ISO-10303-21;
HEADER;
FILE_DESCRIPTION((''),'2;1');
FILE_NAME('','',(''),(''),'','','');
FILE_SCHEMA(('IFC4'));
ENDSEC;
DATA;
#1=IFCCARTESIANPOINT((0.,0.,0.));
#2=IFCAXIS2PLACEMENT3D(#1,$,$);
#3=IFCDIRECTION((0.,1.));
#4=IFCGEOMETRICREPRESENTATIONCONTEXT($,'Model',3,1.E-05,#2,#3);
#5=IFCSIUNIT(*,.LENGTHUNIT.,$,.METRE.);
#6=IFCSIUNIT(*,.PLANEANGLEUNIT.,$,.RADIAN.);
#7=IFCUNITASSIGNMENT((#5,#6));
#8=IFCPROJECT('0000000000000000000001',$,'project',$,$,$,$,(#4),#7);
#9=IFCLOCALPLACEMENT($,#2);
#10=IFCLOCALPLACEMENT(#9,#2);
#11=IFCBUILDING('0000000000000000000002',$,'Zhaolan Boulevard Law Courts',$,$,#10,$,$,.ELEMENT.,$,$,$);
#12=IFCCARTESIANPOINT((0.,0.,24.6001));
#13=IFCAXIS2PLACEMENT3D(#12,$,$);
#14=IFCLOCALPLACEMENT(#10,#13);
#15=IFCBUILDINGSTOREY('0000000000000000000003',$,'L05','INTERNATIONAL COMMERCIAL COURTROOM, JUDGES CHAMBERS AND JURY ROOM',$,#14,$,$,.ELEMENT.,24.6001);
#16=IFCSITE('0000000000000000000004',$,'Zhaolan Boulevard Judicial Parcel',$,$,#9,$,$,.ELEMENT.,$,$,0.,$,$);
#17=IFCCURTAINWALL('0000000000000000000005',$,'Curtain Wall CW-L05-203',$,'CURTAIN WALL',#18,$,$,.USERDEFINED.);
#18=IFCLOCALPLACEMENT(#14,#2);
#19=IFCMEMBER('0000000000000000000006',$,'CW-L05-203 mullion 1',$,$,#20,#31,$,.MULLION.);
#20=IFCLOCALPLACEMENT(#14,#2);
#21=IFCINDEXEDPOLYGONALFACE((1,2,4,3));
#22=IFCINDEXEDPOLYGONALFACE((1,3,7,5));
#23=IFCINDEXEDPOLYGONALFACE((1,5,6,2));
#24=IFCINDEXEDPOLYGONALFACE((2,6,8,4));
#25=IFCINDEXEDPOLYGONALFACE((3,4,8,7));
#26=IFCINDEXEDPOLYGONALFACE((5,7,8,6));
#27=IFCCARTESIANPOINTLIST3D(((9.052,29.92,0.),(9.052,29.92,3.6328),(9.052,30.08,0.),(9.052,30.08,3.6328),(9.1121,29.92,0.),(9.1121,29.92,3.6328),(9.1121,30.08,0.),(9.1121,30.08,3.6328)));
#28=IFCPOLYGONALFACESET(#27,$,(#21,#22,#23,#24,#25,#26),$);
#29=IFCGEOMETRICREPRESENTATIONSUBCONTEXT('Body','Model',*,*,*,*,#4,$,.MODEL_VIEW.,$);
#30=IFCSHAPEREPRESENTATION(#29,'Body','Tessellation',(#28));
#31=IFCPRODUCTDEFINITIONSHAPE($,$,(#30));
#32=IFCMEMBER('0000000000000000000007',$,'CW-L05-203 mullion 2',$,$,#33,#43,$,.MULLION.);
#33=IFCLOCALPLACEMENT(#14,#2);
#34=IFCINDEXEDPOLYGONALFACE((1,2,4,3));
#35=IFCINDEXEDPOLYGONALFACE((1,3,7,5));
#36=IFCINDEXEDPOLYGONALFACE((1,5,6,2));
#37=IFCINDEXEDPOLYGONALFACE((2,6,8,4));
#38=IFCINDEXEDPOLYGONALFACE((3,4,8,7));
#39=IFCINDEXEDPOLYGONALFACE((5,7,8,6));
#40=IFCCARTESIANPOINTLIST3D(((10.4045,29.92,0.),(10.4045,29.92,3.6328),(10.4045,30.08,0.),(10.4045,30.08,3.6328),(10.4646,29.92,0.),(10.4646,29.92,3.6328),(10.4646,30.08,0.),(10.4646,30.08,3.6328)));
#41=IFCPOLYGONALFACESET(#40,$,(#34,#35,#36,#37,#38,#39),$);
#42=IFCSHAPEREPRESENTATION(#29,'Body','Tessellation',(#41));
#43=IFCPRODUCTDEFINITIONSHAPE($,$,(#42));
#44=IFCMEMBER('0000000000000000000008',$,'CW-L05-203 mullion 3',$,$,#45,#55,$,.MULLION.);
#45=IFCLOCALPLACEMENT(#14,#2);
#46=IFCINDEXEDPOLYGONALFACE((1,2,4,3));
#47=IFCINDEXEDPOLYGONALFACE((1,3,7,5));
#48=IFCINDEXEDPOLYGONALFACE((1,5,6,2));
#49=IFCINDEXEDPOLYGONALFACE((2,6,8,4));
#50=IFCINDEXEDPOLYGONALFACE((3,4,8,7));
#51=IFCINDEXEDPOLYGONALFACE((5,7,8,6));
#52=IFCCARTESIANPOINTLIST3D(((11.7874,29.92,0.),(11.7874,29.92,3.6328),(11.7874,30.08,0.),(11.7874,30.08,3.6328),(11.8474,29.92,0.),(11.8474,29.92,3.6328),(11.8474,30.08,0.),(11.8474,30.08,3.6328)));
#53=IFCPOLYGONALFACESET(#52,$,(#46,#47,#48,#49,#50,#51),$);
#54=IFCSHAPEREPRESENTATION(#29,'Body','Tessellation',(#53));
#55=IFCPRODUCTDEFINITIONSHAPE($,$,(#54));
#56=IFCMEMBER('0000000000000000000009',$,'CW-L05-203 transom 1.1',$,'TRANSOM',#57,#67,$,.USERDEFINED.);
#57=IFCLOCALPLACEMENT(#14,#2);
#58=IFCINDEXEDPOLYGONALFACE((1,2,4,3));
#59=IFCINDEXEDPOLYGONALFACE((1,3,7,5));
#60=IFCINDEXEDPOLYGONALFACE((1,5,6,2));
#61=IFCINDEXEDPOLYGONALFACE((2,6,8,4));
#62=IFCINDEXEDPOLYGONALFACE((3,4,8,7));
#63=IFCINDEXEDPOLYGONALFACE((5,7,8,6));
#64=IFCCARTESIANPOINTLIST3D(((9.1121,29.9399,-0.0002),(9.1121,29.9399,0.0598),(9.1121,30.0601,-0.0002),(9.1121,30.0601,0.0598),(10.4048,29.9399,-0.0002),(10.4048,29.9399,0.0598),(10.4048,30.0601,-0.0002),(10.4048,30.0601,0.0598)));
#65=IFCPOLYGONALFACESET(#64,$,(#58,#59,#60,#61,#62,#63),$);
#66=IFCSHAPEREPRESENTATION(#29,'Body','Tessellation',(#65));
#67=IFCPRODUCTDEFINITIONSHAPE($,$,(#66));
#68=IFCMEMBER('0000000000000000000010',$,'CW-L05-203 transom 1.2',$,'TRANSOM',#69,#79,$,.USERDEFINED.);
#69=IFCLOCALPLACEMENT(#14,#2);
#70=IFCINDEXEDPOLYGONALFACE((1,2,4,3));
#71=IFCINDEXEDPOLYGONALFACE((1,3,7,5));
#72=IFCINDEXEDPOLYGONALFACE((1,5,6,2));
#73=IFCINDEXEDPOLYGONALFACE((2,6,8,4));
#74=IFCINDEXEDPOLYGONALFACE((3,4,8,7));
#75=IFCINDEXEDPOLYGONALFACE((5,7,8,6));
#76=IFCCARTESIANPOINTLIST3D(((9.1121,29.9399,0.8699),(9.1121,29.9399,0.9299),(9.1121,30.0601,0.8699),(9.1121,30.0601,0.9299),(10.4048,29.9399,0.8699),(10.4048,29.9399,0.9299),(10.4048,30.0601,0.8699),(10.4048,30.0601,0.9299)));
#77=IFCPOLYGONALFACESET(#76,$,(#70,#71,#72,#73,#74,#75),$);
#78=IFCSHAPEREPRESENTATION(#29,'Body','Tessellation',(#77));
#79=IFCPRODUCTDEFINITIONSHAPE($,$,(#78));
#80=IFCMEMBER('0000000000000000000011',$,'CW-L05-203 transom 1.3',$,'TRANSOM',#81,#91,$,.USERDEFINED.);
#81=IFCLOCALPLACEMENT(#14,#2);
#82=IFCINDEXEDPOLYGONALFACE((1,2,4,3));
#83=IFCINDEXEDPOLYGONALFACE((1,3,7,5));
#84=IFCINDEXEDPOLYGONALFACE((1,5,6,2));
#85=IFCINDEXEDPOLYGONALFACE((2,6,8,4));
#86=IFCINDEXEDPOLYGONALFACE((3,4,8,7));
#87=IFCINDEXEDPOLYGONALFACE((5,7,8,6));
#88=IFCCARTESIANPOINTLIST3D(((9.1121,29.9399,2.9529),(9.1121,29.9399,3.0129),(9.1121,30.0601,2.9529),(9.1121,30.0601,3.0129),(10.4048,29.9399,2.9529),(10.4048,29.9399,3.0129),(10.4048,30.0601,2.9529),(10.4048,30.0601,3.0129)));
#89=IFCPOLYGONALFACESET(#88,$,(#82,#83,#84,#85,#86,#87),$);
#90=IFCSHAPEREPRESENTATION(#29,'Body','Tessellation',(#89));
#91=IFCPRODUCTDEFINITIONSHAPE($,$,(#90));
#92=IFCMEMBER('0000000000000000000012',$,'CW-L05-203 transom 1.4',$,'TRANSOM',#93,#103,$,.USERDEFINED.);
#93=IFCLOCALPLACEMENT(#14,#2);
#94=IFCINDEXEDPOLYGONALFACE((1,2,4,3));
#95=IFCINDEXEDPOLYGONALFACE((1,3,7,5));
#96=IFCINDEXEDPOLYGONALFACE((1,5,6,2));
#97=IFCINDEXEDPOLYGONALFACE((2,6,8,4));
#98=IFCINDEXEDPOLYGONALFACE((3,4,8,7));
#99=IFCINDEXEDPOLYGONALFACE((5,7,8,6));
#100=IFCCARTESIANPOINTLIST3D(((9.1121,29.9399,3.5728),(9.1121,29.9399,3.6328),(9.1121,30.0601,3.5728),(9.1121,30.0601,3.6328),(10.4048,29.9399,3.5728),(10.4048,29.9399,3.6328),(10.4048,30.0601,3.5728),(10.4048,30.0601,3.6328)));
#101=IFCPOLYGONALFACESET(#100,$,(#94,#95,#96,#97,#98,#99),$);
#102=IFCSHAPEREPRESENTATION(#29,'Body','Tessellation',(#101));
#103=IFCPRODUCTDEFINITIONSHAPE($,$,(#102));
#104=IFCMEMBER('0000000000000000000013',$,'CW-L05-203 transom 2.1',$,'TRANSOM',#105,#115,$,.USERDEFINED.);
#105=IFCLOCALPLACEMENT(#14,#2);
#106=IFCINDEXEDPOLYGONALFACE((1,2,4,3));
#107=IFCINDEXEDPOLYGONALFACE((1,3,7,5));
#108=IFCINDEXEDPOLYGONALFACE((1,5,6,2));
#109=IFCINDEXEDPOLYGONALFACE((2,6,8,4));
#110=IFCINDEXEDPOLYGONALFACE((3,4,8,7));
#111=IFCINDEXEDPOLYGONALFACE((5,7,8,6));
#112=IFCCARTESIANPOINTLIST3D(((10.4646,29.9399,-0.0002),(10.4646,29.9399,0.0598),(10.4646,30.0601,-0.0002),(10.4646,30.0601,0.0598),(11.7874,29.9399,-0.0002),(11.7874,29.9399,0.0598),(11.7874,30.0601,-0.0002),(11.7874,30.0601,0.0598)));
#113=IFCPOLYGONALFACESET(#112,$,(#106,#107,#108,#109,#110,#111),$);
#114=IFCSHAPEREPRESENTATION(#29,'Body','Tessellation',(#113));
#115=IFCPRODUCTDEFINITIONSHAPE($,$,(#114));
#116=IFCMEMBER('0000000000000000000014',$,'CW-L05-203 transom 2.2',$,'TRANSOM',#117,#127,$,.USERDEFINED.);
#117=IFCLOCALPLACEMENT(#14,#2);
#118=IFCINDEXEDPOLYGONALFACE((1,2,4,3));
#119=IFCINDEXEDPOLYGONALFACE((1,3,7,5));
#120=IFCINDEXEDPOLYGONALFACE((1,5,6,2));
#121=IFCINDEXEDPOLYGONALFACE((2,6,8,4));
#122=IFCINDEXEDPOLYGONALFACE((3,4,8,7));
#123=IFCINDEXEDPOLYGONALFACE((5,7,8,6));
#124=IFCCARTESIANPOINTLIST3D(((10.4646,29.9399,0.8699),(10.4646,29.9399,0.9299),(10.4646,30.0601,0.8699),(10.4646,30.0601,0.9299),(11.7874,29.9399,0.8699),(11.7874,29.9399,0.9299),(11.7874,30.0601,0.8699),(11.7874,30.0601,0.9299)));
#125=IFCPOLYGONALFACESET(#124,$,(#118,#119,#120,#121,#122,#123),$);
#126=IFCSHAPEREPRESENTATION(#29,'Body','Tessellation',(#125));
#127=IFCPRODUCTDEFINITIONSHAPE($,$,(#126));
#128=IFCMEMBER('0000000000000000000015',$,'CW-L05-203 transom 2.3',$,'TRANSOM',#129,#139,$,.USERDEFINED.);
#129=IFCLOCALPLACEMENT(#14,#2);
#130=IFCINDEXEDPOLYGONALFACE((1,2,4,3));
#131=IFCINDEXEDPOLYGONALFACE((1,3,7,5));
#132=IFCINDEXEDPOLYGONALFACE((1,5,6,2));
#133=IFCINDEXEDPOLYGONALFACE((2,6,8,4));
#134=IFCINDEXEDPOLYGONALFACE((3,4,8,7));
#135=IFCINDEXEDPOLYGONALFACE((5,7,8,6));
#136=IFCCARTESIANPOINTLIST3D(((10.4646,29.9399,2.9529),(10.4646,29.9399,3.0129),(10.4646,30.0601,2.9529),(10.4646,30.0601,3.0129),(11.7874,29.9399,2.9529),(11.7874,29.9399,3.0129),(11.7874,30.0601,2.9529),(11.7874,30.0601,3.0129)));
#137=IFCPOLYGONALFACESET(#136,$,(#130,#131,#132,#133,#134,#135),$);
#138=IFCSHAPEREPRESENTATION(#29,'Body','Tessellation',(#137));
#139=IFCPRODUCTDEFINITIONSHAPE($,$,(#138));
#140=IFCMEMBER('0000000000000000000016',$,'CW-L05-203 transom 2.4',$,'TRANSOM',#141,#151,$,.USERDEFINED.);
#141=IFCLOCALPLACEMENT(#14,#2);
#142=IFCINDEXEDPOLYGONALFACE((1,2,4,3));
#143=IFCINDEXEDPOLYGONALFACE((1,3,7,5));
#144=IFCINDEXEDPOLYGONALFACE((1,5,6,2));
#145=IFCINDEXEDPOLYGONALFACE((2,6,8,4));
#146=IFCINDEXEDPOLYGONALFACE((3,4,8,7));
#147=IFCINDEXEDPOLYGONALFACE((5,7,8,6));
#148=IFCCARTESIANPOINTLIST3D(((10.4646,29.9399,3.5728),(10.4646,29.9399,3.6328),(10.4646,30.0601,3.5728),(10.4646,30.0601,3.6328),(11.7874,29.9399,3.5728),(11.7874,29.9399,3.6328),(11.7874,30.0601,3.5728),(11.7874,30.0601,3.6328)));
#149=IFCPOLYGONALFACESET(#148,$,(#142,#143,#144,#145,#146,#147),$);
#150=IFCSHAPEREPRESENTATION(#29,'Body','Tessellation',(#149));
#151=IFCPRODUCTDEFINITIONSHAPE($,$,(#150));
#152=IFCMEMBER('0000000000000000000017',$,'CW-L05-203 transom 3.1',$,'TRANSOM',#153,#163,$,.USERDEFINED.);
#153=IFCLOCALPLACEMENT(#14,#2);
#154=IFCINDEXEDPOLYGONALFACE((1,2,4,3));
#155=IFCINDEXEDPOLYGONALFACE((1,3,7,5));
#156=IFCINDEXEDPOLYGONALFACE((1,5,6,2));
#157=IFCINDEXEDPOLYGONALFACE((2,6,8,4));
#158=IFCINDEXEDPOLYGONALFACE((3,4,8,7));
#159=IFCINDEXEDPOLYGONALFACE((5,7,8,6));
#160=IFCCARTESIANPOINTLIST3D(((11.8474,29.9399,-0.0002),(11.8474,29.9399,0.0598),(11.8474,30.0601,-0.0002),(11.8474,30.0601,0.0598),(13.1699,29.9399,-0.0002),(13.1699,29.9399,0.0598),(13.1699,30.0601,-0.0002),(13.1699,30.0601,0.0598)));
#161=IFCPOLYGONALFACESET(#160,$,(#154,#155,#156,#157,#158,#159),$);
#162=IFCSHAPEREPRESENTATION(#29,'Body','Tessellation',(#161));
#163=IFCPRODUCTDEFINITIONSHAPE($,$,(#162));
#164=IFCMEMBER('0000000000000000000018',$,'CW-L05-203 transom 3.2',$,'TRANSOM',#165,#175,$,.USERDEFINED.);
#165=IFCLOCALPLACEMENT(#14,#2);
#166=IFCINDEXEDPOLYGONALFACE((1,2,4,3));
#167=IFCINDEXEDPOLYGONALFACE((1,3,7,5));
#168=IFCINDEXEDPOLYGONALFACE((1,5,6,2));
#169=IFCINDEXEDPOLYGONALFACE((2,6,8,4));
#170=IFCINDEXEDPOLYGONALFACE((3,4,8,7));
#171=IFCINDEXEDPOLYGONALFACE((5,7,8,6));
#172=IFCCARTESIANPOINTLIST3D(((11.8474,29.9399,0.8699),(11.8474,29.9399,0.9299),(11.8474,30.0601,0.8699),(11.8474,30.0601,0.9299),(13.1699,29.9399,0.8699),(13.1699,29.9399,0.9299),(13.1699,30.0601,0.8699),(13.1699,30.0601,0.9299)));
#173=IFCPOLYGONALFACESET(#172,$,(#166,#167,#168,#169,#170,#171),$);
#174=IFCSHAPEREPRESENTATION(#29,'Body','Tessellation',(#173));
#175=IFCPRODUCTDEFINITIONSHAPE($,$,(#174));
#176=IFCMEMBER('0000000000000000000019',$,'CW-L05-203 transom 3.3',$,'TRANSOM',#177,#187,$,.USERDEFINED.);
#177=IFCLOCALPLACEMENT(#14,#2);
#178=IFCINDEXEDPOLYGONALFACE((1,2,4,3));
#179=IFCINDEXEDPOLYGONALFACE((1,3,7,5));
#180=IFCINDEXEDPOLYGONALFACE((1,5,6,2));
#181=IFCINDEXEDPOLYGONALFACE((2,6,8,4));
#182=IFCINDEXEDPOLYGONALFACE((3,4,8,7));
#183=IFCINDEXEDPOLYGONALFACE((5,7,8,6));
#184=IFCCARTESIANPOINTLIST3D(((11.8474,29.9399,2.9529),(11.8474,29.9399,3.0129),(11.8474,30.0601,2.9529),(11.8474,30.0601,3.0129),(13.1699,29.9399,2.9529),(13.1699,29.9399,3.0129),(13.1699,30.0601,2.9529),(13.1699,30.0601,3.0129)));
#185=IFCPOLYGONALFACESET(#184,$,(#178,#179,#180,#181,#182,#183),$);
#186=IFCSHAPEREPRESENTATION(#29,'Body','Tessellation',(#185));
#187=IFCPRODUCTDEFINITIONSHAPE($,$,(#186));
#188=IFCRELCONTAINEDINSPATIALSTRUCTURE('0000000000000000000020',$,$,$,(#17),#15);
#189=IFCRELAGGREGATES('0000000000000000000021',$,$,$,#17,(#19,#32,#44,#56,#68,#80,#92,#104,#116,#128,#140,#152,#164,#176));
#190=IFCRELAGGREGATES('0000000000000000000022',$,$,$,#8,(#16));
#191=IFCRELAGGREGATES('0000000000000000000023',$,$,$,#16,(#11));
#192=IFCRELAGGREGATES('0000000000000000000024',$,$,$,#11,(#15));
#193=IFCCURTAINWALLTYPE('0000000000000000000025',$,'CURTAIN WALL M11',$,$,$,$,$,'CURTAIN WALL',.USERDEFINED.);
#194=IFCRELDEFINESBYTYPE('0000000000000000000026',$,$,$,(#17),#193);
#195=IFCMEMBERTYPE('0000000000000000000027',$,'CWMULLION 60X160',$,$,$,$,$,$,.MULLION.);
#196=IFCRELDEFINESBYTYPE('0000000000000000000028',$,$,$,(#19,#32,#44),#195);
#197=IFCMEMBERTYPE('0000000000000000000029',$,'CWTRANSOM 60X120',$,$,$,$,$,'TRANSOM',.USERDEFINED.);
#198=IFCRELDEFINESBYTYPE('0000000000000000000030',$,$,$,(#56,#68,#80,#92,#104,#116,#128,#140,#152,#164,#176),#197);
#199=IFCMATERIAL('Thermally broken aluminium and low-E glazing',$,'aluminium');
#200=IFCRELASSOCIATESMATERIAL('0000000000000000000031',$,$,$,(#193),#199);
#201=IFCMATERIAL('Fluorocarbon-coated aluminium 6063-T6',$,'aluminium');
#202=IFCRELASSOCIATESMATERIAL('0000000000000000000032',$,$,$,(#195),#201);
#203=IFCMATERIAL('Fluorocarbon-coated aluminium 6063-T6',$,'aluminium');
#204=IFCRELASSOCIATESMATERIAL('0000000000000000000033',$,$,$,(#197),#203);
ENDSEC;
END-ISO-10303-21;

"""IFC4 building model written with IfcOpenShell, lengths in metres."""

from ifc_helpers import new_model, si_unit, direction, frame, origin, origin_2d, place, context, subcontext, project, spatial, rectangle, extrude, material, material_profile, profile_set, type_object, element, aggregate, save


model = new_model("IFC4")

# Units and contexts
model_context = context("Model", 3, precision=1e-05, world=origin(), true_north=direction((0.0, 1.0)))
body_context = subcontext(model_context, "Body", "Model", "MODEL_VIEW")
ifc_project = project(units=[si_unit("LENGTHUNIT", "METRE"), si_unit("PLANEANGLEUNIT", "RADIAN")], contexts=[model_context])

# Site, building, storey
site_placement = place(None, origin())
site = spatial("IfcSite", under=ifc_project, at=site_placement, Name="Zhaolan Boulevard Judicial Parcel", CompositionType="ELEMENT", RefElevation=0.0)
building_placement = place(site_placement, origin())
building = spatial("IfcBuilding", under=site, at=building_placement, Name="Zhaolan Boulevard Law Courts", CompositionType="ELEMENT")
storey_placement = place(building_placement, frame((0.0, 0.0, 24.6001)))
storey = spatial("IfcBuildingStorey", under=building, at=storey_placement, Name="L05", Description="INTERNATIONAL COMMERCIAL COURTROOM, JUDGES CHAMBERS AND JURY ROOM", CompositionType="ELEMENT", Elevation=24.6001)

# Curtain wall, members
ifc_material_1 = material(Name="Thermally broken aluminium and low-E glazing", Category="aluminium")
curtain_wall_type = type_object("IfcCurtainWallType", Name="CURTAIN WALL M11", ElementType="CURTAIN WALL", PredefinedType="USERDEFINED", material=ifc_material_1)
curtain_wall_placement = place(storey_placement, origin())
curtain_wall = element("IfcCurtainWall", 1, at=curtain_wall_placement, inside=storey, type_object=curtain_wall_type, Name="Curtain Wall CW-L05-203", ObjectType="CURTAIN WALL", PredefinedType="USERDEFINED")
ifc_material_2 = material(Name="Fluorocarbon-coated aluminium 6063-T6", Category="aluminium")
ifc_material_profile_1 = material_profile(ifc_material_2, rectangle(XDim=0.1599, YDim=0.0601, at=origin_2d()), Name="AL60x160")
ifc_profile_set_1 = profile_set([ifc_material_profile_1], Name="Fluorocarbon-coated aluminium 6063-T6")
member_type_1 = type_object("IfcMemberType", Name="CWMULLION 60X160", PredefinedType="MULLION", material=ifc_profile_set_1)
member_1_placement = place(storey_placement, frame((9.082, 30.0, 0.0), z_axis=(0.0, 0.0, 1.0), x_axis=(0.0, 1.0, 0.0)))
member_1 = element("IfcMember", 2, at=member_1_placement, type_object=member_type_1, Name="CW-L05-203 mullion 1", PredefinedType="MULLION", context=body_context, shape_type="SweptSolid", body=[
    extrude(rectangle(XDim=0.1599, YDim=0.0601, at=origin_2d()), origin(), (0.0, 0.0, 1.0), 3.6328),
])
member_2_placement = place(storey_placement, frame((10.4346, 30.0, 0.0), z_axis=(0.0, 0.0, 1.0), x_axis=(0.0, 1.0, 0.0)))
member_2 = element("IfcMember", 3, at=member_2_placement, type_object=member_type_1, Name="CW-L05-203 mullion 2", PredefinedType="MULLION", context=body_context, shape_type="SweptSolid", body=[
    extrude(rectangle(XDim=0.1599, YDim=0.0601, at=origin_2d()), origin(), (0.0, 0.0, 1.0), 3.6328),
])
member_3_placement = place(storey_placement, frame((11.8174, 30.0, 0.0), z_axis=(0.0, 0.0, 1.0), x_axis=(0.0, 1.0, 0.0)))
member_3 = element("IfcMember", 4, at=member_3_placement, type_object=member_type_1, Name="CW-L05-203 mullion 3", PredefinedType="MULLION", context=body_context, shape_type="SweptSolid", body=[
    extrude(rectangle(XDim=0.1599, YDim=0.0601, at=origin_2d()), origin(), (0.0, 0.0, 1.0), 3.6328),
])
ifc_material_3 = material(Name="Fluorocarbon-coated aluminium 6063-T6", Category="aluminium")
ifc_material_profile_2 = material_profile(ifc_material_3, rectangle(XDim=0.1201, YDim=0.0601, at=origin_2d()), Name="AL60x120")
ifc_profile_set_2 = profile_set([ifc_material_profile_2], Name="Fluorocarbon-coated aluminium 6063-T6")
member_type_2 = type_object("IfcMemberType", Name="CWTRANSOM 60X120", ElementType="TRANSOM", PredefinedType="USERDEFINED", material=ifc_profile_set_2)
member_4_placement = place(storey_placement, frame((9.1121, 30.0, 0.0298), z_axis=(1.0, 0.0, 0.0), x_axis=(0.0, 1.0, 0.0)))
member_4 = element("IfcMember", 5, at=member_4_placement, type_object=member_type_2, Name="CW-L05-203 transom 1.1", ObjectType="TRANSOM", PredefinedType="USERDEFINED", context=body_context, shape_type="SweptSolid", body=[
    extrude(rectangle(XDim=0.1201, YDim=0.0601, at=origin_2d()), origin(), (0.0, 0.0, 1.0), 1.2927),
])
member_5_placement = place(storey_placement, frame((9.1121, 30.0, 0.8999), z_axis=(1.0, 0.0, 0.0), x_axis=(0.0, 1.0, 0.0)))
member_5 = element("IfcMember", 6, at=member_5_placement, type_object=member_type_2, Name="CW-L05-203 transom 1.2", ObjectType="TRANSOM", PredefinedType="USERDEFINED", context=body_context, shape_type="SweptSolid", body=[
    extrude(rectangle(XDim=0.1201, YDim=0.0601, at=origin_2d()), origin(), (0.0, 0.0, 1.0), 1.2927),
])
member_6_placement = place(storey_placement, frame((9.1121, 30.0, 2.9829), z_axis=(1.0, 0.0, 0.0), x_axis=(0.0, 1.0, 0.0)))
member_6 = element("IfcMember", 7, at=member_6_placement, type_object=member_type_2, Name="CW-L05-203 transom 1.3", ObjectType="TRANSOM", PredefinedType="USERDEFINED", context=body_context, shape_type="SweptSolid", body=[
    extrude(rectangle(XDim=0.1201, YDim=0.0601, at=origin_2d()), origin(), (0.0, 0.0, 1.0), 1.2927),
])
member_7_placement = place(storey_placement, frame((9.1121, 30.0, 3.6028), z_axis=(1.0, 0.0, 0.0), x_axis=(0.0, 1.0, 0.0)))
member_7 = element("IfcMember", 8, at=member_7_placement, type_object=member_type_2, Name="CW-L05-203 transom 1.4", ObjectType="TRANSOM", PredefinedType="USERDEFINED", context=body_context, shape_type="SweptSolid", body=[
    extrude(rectangle(XDim=0.1201, YDim=0.0601, at=origin_2d()), origin(), (0.0, 0.0, 1.0), 1.2927),
])
member_8_placement = place(storey_placement, frame((10.4646, 30.0, 0.0298), z_axis=(1.0, 0.0, 0.0), x_axis=(0.0, 1.0, 0.0)))
member_8 = element("IfcMember", 9, at=member_8_placement, type_object=member_type_2, Name="CW-L05-203 transom 2.1", ObjectType="TRANSOM", PredefinedType="USERDEFINED", context=body_context, shape_type="SweptSolid", body=[
    extrude(rectangle(XDim=0.1201, YDim=0.0601, at=origin_2d()), origin(), (0.0, 0.0, 1.0), 1.3228),
])
member_9_placement = place(storey_placement, frame((10.4646, 30.0, 0.8999), z_axis=(1.0, 0.0, 0.0), x_axis=(0.0, 1.0, 0.0)))
member_9 = element("IfcMember", 10, at=member_9_placement, type_object=member_type_2, Name="CW-L05-203 transom 2.2", ObjectType="TRANSOM", PredefinedType="USERDEFINED", context=body_context, shape_type="SweptSolid", body=[
    extrude(rectangle(XDim=0.1201, YDim=0.0601, at=origin_2d()), origin(), (0.0, 0.0, 1.0), 1.3228),
])
member_10_placement = place(storey_placement, frame((10.4646, 30.0, 2.9829), z_axis=(1.0, 0.0, 0.0), x_axis=(0.0, 1.0, 0.0)))
member_10 = element("IfcMember", 11, at=member_10_placement, type_object=member_type_2, Name="CW-L05-203 transom 2.3", ObjectType="TRANSOM", PredefinedType="USERDEFINED", context=body_context, shape_type="SweptSolid", body=[
    extrude(rectangle(XDim=0.1201, YDim=0.0601, at=origin_2d()), origin(), (0.0, 0.0, 1.0), 1.3228),
])
member_11_placement = place(storey_placement, frame((10.4646, 30.0, 3.6028), z_axis=(1.0, 0.0, 0.0), x_axis=(0.0, 1.0, 0.0)))
member_11 = element("IfcMember", 12, at=member_11_placement, type_object=member_type_2, Name="CW-L05-203 transom 2.4", ObjectType="TRANSOM", PredefinedType="USERDEFINED", context=body_context, shape_type="SweptSolid", body=[
    extrude(rectangle(XDim=0.1201, YDim=0.0601, at=origin_2d()), origin(), (0.0, 0.0, 1.0), 1.3228),
])
member_12_placement = place(storey_placement, frame((11.8474, 30.0, 0.0298), z_axis=(1.0, 0.0, 0.0), x_axis=(0.0, 1.0, 0.0)))
member_12 = element("IfcMember", 13, at=member_12_placement, type_object=member_type_2, Name="CW-L05-203 transom 3.1", ObjectType="TRANSOM", PredefinedType="USERDEFINED", context=body_context, shape_type="SweptSolid", body=[
    extrude(rectangle(XDim=0.1201, YDim=0.0601, at=origin_2d()), origin(), (0.0, 0.0, 1.0), 1.3225),
])
member_13_placement = place(storey_placement, frame((11.8474, 30.0, 0.8999), z_axis=(1.0, 0.0, 0.0), x_axis=(0.0, 1.0, 0.0)))
member_13 = element("IfcMember", 14, at=member_13_placement, type_object=member_type_2, Name="CW-L05-203 transom 3.2", ObjectType="TRANSOM", PredefinedType="USERDEFINED", context=body_context, shape_type="SweptSolid", body=[
    extrude(rectangle(XDim=0.1201, YDim=0.0601, at=origin_2d()), origin(), (0.0, 0.0, 1.0), 1.3225),
])
member_14_placement = place(storey_placement, frame((11.8474, 30.0, 2.9829), z_axis=(1.0, 0.0, 0.0), x_axis=(0.0, 1.0, 0.0)))
member_14 = element("IfcMember", 15, at=member_14_placement, type_object=member_type_2, Name="CW-L05-203 transom 3.3", ObjectType="TRANSOM", PredefinedType="USERDEFINED", context=body_context, shape_type="SweptSolid", body=[
    extrude(rectangle(XDim=0.1201, YDim=0.0601, at=origin_2d()), origin(), (0.0, 0.0, 1.0), 1.3225),
])

aggregate(curtain_wall, [member_1, member_2, member_3, member_4, member_5, member_6, member_7, member_8, member_9, member_10, member_11, member_12, member_13, member_14])

save(model, "model.ifc")
